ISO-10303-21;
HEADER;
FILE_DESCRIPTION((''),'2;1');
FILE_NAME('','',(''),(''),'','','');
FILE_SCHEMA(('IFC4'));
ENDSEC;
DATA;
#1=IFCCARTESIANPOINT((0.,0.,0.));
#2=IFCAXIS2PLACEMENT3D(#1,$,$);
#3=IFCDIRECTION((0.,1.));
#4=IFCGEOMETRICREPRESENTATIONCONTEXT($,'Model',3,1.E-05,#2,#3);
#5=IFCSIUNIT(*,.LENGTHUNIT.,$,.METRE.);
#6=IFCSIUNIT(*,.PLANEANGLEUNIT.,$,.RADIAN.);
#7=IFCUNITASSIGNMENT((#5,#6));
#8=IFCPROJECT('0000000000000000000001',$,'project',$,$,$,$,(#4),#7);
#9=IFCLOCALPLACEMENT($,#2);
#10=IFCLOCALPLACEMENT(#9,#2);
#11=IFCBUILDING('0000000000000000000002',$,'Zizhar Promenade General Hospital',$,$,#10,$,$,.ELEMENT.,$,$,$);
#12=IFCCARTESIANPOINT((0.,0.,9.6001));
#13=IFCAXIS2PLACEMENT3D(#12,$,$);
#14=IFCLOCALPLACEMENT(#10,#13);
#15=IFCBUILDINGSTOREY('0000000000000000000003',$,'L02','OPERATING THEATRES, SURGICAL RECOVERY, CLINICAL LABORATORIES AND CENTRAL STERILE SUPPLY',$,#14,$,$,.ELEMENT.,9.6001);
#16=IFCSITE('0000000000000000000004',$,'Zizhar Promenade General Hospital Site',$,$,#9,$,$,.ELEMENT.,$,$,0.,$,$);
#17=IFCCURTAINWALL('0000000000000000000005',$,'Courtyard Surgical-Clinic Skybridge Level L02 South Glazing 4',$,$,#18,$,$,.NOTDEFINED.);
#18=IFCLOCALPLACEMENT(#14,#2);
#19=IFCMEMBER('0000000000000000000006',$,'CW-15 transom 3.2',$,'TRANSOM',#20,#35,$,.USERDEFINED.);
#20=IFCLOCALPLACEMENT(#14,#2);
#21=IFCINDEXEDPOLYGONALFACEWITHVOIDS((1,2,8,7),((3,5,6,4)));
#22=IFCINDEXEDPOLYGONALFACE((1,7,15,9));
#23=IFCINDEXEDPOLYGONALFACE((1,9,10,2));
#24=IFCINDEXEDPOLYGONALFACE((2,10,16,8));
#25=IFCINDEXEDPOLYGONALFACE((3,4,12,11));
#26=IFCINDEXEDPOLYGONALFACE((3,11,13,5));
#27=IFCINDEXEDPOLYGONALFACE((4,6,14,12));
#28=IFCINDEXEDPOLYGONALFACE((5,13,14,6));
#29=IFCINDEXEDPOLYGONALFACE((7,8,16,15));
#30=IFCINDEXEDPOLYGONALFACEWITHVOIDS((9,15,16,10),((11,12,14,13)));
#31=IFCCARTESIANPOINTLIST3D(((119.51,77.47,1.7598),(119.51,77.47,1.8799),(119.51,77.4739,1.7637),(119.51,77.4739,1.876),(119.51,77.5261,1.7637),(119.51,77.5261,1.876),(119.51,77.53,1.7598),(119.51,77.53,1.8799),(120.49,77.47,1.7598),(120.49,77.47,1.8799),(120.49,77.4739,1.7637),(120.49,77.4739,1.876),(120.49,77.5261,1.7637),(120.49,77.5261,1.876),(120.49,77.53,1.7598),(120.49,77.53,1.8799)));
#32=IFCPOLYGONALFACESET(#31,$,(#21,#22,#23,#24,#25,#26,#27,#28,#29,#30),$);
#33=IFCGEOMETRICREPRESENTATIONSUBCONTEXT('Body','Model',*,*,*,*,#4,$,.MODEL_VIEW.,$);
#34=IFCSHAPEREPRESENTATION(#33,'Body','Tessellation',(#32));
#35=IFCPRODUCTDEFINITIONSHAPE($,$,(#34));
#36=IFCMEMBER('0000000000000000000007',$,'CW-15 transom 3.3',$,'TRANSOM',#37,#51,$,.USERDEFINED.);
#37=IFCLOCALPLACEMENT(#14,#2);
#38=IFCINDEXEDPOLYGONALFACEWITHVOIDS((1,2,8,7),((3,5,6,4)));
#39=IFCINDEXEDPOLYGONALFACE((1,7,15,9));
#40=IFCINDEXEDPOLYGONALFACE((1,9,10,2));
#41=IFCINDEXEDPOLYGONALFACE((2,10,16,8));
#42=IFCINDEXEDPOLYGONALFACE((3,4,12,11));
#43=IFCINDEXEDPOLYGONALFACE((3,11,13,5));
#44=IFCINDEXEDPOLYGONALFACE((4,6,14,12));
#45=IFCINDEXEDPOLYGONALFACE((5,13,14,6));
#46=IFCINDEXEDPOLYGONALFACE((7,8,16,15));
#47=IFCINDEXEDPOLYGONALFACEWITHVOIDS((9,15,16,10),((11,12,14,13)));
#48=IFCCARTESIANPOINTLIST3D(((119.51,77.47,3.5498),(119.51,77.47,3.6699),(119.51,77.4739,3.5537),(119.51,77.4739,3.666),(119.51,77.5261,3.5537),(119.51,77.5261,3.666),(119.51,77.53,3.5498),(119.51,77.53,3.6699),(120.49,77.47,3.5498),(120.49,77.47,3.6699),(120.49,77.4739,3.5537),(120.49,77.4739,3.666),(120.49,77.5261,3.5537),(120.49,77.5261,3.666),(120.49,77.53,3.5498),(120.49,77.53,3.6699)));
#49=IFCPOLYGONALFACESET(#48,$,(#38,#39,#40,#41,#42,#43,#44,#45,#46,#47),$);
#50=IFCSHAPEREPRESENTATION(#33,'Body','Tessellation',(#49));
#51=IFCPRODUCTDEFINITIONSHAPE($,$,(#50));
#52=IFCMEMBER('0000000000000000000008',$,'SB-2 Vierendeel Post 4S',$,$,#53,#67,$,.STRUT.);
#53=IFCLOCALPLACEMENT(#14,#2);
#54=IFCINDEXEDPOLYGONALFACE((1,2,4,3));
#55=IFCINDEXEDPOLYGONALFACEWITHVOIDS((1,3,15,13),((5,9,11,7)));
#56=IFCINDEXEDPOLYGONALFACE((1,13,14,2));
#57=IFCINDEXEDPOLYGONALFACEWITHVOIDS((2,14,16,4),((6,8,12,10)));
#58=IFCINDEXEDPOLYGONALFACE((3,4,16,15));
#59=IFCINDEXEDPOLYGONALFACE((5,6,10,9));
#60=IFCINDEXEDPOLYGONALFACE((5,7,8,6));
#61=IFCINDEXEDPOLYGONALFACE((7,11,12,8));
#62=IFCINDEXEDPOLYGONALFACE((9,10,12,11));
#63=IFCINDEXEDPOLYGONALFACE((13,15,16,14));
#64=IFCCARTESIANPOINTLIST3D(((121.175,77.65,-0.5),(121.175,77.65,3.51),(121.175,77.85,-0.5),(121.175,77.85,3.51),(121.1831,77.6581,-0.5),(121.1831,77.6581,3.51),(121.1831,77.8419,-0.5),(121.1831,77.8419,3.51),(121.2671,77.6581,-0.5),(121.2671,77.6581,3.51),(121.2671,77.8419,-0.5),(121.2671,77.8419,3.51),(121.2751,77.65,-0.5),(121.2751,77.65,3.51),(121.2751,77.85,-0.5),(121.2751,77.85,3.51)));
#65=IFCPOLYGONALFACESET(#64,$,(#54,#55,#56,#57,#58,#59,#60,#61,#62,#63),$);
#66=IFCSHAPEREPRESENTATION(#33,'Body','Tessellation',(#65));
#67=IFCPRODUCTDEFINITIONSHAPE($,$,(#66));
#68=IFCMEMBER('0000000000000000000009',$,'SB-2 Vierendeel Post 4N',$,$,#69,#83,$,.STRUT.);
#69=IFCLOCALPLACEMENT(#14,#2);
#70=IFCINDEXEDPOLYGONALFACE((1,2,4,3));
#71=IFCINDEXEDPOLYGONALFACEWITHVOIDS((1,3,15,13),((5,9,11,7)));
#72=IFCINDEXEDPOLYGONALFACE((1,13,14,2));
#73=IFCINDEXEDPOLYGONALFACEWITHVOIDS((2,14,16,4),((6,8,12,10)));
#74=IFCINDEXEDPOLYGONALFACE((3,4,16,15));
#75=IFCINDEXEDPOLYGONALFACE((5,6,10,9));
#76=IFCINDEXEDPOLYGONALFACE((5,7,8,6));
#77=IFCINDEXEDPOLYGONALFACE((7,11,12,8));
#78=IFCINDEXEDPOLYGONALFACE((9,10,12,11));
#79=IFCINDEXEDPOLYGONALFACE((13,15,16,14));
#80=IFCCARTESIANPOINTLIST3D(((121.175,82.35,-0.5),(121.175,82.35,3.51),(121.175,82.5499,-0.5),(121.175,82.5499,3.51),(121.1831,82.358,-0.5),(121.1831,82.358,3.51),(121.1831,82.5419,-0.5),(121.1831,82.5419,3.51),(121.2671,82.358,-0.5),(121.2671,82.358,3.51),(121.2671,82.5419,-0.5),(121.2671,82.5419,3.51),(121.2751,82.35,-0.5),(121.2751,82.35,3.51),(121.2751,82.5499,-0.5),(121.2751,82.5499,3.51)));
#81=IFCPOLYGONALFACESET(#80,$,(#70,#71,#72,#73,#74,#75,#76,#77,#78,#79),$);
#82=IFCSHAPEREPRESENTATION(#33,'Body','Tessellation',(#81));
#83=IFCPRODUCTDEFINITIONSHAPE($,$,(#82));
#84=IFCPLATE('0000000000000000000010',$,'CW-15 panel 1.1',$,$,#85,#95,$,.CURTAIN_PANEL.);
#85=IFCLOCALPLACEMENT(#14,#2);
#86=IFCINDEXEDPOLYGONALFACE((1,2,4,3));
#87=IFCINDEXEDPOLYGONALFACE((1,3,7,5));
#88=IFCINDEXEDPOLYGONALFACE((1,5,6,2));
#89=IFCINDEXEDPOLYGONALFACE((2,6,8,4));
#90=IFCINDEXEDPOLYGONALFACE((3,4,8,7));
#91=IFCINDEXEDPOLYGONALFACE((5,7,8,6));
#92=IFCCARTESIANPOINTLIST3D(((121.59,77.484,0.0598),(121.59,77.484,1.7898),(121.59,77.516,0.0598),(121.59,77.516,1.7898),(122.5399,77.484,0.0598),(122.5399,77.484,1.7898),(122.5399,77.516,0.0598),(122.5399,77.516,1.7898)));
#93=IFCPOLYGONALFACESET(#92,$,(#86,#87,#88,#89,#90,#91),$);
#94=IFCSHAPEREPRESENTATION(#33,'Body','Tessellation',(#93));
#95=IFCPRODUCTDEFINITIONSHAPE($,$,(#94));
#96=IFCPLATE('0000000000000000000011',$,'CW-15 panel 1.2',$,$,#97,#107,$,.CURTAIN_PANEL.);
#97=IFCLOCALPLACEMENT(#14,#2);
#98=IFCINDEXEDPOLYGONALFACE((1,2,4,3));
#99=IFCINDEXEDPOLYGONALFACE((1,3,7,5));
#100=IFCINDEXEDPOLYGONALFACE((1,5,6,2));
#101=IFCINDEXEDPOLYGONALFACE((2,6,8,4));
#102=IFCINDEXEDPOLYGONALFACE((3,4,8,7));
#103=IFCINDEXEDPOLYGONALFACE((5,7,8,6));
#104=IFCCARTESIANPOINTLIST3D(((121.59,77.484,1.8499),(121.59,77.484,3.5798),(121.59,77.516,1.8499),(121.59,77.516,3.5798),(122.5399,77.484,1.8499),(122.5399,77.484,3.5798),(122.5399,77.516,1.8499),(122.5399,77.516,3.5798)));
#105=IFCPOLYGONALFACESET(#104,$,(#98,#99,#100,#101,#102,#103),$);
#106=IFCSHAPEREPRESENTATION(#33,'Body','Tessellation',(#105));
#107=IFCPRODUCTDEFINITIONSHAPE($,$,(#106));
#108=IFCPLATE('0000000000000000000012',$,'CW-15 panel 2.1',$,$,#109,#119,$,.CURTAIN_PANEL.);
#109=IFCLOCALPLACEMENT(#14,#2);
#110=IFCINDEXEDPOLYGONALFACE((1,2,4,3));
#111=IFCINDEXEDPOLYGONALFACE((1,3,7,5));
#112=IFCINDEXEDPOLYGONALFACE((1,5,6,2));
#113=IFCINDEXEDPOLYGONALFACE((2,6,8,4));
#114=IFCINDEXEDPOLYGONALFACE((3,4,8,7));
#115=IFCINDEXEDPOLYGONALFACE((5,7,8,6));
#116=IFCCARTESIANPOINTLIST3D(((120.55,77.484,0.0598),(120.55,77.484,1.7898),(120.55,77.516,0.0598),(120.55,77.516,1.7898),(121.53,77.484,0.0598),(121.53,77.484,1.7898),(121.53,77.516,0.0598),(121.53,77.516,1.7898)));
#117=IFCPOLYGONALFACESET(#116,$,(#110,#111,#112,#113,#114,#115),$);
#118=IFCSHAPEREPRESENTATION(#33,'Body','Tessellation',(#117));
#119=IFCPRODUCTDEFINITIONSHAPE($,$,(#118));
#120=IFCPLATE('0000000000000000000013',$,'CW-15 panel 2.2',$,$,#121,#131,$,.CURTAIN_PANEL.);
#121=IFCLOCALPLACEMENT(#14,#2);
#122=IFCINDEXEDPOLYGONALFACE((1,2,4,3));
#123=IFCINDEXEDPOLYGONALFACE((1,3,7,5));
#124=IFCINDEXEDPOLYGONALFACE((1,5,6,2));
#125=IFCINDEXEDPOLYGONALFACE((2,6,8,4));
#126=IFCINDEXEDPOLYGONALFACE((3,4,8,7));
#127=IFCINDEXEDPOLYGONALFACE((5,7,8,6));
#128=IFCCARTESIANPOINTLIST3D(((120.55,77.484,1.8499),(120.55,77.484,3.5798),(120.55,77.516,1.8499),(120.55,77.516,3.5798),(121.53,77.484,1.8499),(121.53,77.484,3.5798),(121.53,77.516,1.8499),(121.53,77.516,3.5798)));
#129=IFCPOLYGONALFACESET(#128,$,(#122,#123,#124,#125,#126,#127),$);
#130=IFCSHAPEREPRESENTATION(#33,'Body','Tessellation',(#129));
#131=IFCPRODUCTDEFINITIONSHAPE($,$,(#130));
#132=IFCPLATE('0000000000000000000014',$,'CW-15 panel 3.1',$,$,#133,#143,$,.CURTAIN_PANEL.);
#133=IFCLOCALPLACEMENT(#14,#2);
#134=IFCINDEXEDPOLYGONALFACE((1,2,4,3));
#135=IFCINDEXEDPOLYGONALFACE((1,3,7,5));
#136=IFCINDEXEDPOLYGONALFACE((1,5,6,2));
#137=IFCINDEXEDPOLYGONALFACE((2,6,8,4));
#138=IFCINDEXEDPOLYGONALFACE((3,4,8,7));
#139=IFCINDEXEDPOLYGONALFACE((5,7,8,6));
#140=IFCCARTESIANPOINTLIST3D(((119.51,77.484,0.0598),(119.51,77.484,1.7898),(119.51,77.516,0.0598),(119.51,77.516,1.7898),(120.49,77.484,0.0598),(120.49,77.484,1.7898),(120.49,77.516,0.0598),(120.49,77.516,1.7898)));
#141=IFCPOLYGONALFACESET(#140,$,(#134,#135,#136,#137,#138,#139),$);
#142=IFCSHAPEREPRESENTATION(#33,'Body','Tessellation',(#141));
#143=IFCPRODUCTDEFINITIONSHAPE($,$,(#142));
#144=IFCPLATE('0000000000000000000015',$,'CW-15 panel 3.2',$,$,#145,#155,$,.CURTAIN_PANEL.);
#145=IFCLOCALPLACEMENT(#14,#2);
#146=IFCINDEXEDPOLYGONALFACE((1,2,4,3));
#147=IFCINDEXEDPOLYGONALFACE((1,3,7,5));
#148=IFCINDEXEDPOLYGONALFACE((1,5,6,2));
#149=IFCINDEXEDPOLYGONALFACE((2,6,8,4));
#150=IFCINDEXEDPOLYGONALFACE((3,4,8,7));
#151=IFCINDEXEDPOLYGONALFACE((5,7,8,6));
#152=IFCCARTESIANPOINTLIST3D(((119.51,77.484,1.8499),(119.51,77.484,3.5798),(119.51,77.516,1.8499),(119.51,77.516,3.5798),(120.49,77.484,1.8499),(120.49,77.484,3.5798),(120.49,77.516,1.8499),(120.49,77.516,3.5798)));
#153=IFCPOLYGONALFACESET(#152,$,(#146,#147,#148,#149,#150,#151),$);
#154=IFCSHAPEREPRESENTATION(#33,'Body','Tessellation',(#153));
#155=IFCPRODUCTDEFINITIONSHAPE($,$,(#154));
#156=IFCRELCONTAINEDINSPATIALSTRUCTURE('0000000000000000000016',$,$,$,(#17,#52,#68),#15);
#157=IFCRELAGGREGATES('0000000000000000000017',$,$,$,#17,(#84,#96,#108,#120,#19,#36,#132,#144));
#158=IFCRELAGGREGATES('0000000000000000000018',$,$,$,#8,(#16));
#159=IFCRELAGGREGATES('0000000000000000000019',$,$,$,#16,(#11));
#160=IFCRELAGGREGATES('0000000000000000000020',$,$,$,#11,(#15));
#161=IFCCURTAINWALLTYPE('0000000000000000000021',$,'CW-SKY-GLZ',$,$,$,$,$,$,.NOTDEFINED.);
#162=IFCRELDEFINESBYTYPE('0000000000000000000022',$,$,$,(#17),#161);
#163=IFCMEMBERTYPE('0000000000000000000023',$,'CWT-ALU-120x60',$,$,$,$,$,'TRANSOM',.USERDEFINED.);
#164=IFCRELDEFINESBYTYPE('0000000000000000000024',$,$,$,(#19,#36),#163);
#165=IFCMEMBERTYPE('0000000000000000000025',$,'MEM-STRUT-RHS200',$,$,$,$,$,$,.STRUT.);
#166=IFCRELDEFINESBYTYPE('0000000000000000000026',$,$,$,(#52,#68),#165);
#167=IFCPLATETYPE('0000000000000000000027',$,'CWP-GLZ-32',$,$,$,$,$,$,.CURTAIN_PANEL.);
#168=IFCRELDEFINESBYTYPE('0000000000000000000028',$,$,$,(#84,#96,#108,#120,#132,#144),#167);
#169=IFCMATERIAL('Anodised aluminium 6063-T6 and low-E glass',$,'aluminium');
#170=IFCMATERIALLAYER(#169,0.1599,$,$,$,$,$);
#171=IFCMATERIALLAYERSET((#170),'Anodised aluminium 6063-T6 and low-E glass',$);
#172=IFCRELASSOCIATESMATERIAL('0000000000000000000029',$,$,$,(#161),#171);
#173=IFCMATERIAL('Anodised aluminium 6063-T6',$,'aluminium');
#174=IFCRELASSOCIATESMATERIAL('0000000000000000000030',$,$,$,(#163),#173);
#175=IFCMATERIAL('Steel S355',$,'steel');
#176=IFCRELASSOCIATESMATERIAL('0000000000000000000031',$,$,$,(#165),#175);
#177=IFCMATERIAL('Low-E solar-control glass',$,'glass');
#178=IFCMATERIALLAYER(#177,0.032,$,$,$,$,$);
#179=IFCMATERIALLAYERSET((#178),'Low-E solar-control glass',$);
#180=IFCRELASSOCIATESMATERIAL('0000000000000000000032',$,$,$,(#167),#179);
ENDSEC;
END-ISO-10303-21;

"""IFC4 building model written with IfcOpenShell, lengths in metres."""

from ifc_helpers import new_model, si_unit, direction, frame, origin, origin_2d, place, context, subcontext, project, spatial, rectangle, hollow_rectangle, extrude, material, layer, layer_set, material_profile, profile_set, type_object, element, aggregate, save


model = new_model("IFC4")

# Units and contexts
model_context = context("Model", 3, precision=1e-05, world=origin(), true_north=direction((0.0, 1.0)))
body_context = subcontext(model_context, "Body", "Model", "MODEL_VIEW")
ifc_project = project(units=[si_unit("LENGTHUNIT", "METRE"), si_unit("PLANEANGLEUNIT", "RADIAN")], contexts=[model_context])

# Site, building, storey
site_placement = place(None, origin())
site = spatial("IfcSite", under=ifc_project, at=site_placement, Name="Zizhar Promenade General Hospital Site", CompositionType="ELEMENT", RefElevation=0.0)
building_placement = place(site_placement, origin())
building = spatial("IfcBuilding", under=site, at=building_placement, Name="Zizhar Promenade General Hospital", CompositionType="ELEMENT")
storey_placement = place(building_placement, frame((0.0, 0.0, 9.6001)))
storey = spatial("IfcBuildingStorey", under=building, at=storey_placement, Name="L02", Description="OPERATING THEATRES, SURGICAL RECOVERY, CLINICAL LABORATORIES AND CENTRAL STERILE SUPPLY", CompositionType="ELEMENT", Elevation=9.6001)

# Curtain wall
ifc_material_1 = material(Name="Anodised aluminium 6063-T6 and low-E glass", Category="aluminium")
ifc_layer_1 = layer(ifc_material_1, 0.1599)
ifc_layer_set_1 = layer_set([ifc_layer_1], Name="Anodised aluminium 6063-T6 and low-E glass")
curtain_wall_type = type_object("IfcCurtainWallType", Name="CW-SKY-GLZ", PredefinedType="NOTDEFINED", material=ifc_layer_set_1)
curtain_wall_1_placement = place(storey_placement, origin())
curtain_wall_1 = element("IfcCurtainWall", 1, at=curtain_wall_1_placement, inside=storey, type_object=curtain_wall_type, Name="Courtyard Surgical-Clinic Skybridge Level L02 South Glazing 4", PredefinedType="NOTDEFINED")

# Members
ifc_material_2 = material(Name="Anodised aluminium 6063-T6", Category="aluminium")
ifc_material_profile_1 = material_profile(ifc_material_2, hollow_rectangle(XDim=0.0601, YDim=0.1201, WallThickness=0.0039, at=origin_2d()))
ifc_profile_set_1 = profile_set([ifc_material_profile_1], Name="Anodised aluminium 6063-T6")
member_type_1 = type_object("IfcMemberType", Name="CWT-ALU-120x60", ElementType="TRANSOM", PredefinedType="USERDEFINED", material=ifc_profile_set_1)
member_1_placement = place(storey_placement, frame((120.49, 77.5, 1.8198), z_axis=(-1.0, 0.0, 0.0), x_axis=(0.0, -1.0, 0.0)))
member_1 = element("IfcMember", 2, at=member_1_placement, type_object=member_type_1, Name="CW-15 transom 3.2", ObjectType="TRANSOM", PredefinedType="USERDEFINED", context=body_context, shape_type="SweptSolid", body=[
    extrude(hollow_rectangle(XDim=0.0601, YDim=0.1201, WallThickness=0.0039, at=origin_2d()), origin(), (0.0, 0.0, 1.0), 0.98),
])
member_2_placement = place(storey_placement, frame((120.49, 77.5, 3.6099), z_axis=(-1.0, 0.0, 0.0), x_axis=(0.0, -1.0, 0.0)))
member_2 = element("IfcMember", 3, at=member_2_placement, type_object=member_type_1, Name="CW-15 transom 3.3", ObjectType="TRANSOM", PredefinedType="USERDEFINED", context=body_context, shape_type="SweptSolid", body=[
    extrude(hollow_rectangle(XDim=0.0601, YDim=0.1201, WallThickness=0.0039, at=origin_2d()), origin(), (0.0, 0.0, 1.0), 0.98),
])

# Members
ifc_material_3 = material(Name="Steel S355", Category="steel")
ifc_material_profile_2 = material_profile(ifc_material_3, hollow_rectangle(XDim=0.1001, YDim=0.2, WallThickness=0.0081, at=origin_2d()))
ifc_profile_set_2 = profile_set([ifc_material_profile_2], Name="Steel S355")
member_type_2 = type_object("IfcMemberType", Name="MEM-STRUT-RHS200", PredefinedType="STRUT", material=ifc_profile_set_2)
for number, where, z_axis, x_axis, name in (
    (4, (121.2251, 77.75, -0.5), (0.0, 0.0, 1.0), (1.0, 0.0, 0.0), "SB-2 Vierendeel Post 4S"),
    (5, (121.2251, 82.45, -0.5), (0.0, 0.0, 1.0), (1.0, 0.0, 0.0), "SB-2 Vierendeel Post 4N"),
):
    element("IfcMember", number, at=place(storey_placement, frame(where, z_axis=z_axis, x_axis=x_axis)), inside=storey, type_object=member_type_2, Name=name, PredefinedType="STRUT", context=body_context, shape_type="SweptSolid", body=[
        extrude(hollow_rectangle(XDim=0.1001, YDim=0.2, WallThickness=0.0081, at=origin_2d()), origin(), (0.0, 0.0, 1.0), 4.01),
    ])

# Plates
ifc_material_4 = material(Name="Low-E solar-control glass", Category="glass")
ifc_layer_2 = layer(ifc_material_4, 0.032)
ifc_layer_set_2 = layer_set([ifc_layer_2], Name="Low-E solar-control glass")
plate_type = type_object("IfcPlateType", Name="CWP-GLZ-32", PredefinedType="CURTAIN_PANEL", material=ifc_layer_set_2)
plate_1_placement = place(storey_placement, frame((122.0649, 77.5, 0.0598), z_axis=(0.0, 0.0, 1.0), x_axis=(-1.0, 0.0, 0.0)))
plate_1 = element("IfcPlate", 6, at=plate_1_placement, type_object=plate_type, Name="CW-15 panel 1.1", PredefinedType="CURTAIN_PANEL", context=body_context, shape_type="SweptSolid", body=[
    extrude(rectangle(XDim=0.95, YDim=0.032, at=origin_2d()), origin(), (0.0, 0.0, 1.0), 1.73),
])
plate_2_placement = place(storey_placement, frame((122.0649, 77.5, 1.8499), z_axis=(0.0, 0.0, 1.0), x_axis=(-1.0, 0.0, 0.0)))
plate_2 = element("IfcPlate", 7, at=plate_2_placement, type_object=plate_type, Name="CW-15 panel 1.2", PredefinedType="CURTAIN_PANEL", context=body_context, shape_type="SweptSolid", body=[
    extrude(rectangle(XDim=0.95, YDim=0.032, at=origin_2d()), origin(), (0.0, 0.0, 1.0), 1.73),
])
plate_3_placement = place(storey_placement, frame((121.04, 77.5, 0.0598), z_axis=(0.0, 0.0, 1.0), x_axis=(-1.0, 0.0, 0.0)))
plate_3 = element("IfcPlate", 8, at=plate_3_placement, type_object=plate_type, Name="CW-15 panel 2.1", PredefinedType="CURTAIN_PANEL", context=body_context, shape_type="SweptSolid", body=[
    extrude(rectangle(XDim=0.98, YDim=0.032, at=origin_2d()), origin(), (0.0, 0.0, 1.0), 1.73),
])
plate_4_placement = place(storey_placement, frame((121.04, 77.5, 1.8499), z_axis=(0.0, 0.0, 1.0), x_axis=(-1.0, 0.0, 0.0)))
plate_4 = element("IfcPlate", 9, at=plate_4_placement, type_object=plate_type, Name="CW-15 panel 2.2", PredefinedType="CURTAIN_PANEL", context=body_context, shape_type="SweptSolid", body=[
    extrude(rectangle(XDim=0.98, YDim=0.032, at=origin_2d()), origin(), (0.0, 0.0, 1.0), 1.73),
])
plate_5_placement = place(storey_placement, frame((120.0, 77.5, 0.0598), z_axis=(0.0, 0.0, 1.0), x_axis=(-1.0, 0.0, 0.0)))
plate_5 = element("IfcPlate", 10, at=plate_5_placement, type_object=plate_type, Name="CW-15 panel 3.1", PredefinedType="CURTAIN_PANEL", context=body_context, shape_type="SweptSolid", body=[
    extrude(rectangle(XDim=0.98, YDim=0.032, at=origin_2d()), origin(), (0.0, 0.0, 1.0), 1.73),
])
plate_6_placement = place(storey_placement, frame((120.0, 77.5, 1.8499), z_axis=(0.0, 0.0, 1.0), x_axis=(-1.0, 0.0, 0.0)))
plate_6 = element("IfcPlate", 11, at=plate_6_placement, type_object=plate_type, Name="CW-15 panel 3.2", PredefinedType="CURTAIN_PANEL", context=body_context, shape_type="SweptSolid", body=[
    extrude(rectangle(XDim=0.98, YDim=0.032, at=origin_2d()), origin(), (0.0, 0.0, 1.0), 1.73),
])
aggregate(curtain_wall_1, [plate_1, plate_2, plate_3, plate_4, member_1, member_2, plate_5, plate_6])

save(model, "model.ifc")
